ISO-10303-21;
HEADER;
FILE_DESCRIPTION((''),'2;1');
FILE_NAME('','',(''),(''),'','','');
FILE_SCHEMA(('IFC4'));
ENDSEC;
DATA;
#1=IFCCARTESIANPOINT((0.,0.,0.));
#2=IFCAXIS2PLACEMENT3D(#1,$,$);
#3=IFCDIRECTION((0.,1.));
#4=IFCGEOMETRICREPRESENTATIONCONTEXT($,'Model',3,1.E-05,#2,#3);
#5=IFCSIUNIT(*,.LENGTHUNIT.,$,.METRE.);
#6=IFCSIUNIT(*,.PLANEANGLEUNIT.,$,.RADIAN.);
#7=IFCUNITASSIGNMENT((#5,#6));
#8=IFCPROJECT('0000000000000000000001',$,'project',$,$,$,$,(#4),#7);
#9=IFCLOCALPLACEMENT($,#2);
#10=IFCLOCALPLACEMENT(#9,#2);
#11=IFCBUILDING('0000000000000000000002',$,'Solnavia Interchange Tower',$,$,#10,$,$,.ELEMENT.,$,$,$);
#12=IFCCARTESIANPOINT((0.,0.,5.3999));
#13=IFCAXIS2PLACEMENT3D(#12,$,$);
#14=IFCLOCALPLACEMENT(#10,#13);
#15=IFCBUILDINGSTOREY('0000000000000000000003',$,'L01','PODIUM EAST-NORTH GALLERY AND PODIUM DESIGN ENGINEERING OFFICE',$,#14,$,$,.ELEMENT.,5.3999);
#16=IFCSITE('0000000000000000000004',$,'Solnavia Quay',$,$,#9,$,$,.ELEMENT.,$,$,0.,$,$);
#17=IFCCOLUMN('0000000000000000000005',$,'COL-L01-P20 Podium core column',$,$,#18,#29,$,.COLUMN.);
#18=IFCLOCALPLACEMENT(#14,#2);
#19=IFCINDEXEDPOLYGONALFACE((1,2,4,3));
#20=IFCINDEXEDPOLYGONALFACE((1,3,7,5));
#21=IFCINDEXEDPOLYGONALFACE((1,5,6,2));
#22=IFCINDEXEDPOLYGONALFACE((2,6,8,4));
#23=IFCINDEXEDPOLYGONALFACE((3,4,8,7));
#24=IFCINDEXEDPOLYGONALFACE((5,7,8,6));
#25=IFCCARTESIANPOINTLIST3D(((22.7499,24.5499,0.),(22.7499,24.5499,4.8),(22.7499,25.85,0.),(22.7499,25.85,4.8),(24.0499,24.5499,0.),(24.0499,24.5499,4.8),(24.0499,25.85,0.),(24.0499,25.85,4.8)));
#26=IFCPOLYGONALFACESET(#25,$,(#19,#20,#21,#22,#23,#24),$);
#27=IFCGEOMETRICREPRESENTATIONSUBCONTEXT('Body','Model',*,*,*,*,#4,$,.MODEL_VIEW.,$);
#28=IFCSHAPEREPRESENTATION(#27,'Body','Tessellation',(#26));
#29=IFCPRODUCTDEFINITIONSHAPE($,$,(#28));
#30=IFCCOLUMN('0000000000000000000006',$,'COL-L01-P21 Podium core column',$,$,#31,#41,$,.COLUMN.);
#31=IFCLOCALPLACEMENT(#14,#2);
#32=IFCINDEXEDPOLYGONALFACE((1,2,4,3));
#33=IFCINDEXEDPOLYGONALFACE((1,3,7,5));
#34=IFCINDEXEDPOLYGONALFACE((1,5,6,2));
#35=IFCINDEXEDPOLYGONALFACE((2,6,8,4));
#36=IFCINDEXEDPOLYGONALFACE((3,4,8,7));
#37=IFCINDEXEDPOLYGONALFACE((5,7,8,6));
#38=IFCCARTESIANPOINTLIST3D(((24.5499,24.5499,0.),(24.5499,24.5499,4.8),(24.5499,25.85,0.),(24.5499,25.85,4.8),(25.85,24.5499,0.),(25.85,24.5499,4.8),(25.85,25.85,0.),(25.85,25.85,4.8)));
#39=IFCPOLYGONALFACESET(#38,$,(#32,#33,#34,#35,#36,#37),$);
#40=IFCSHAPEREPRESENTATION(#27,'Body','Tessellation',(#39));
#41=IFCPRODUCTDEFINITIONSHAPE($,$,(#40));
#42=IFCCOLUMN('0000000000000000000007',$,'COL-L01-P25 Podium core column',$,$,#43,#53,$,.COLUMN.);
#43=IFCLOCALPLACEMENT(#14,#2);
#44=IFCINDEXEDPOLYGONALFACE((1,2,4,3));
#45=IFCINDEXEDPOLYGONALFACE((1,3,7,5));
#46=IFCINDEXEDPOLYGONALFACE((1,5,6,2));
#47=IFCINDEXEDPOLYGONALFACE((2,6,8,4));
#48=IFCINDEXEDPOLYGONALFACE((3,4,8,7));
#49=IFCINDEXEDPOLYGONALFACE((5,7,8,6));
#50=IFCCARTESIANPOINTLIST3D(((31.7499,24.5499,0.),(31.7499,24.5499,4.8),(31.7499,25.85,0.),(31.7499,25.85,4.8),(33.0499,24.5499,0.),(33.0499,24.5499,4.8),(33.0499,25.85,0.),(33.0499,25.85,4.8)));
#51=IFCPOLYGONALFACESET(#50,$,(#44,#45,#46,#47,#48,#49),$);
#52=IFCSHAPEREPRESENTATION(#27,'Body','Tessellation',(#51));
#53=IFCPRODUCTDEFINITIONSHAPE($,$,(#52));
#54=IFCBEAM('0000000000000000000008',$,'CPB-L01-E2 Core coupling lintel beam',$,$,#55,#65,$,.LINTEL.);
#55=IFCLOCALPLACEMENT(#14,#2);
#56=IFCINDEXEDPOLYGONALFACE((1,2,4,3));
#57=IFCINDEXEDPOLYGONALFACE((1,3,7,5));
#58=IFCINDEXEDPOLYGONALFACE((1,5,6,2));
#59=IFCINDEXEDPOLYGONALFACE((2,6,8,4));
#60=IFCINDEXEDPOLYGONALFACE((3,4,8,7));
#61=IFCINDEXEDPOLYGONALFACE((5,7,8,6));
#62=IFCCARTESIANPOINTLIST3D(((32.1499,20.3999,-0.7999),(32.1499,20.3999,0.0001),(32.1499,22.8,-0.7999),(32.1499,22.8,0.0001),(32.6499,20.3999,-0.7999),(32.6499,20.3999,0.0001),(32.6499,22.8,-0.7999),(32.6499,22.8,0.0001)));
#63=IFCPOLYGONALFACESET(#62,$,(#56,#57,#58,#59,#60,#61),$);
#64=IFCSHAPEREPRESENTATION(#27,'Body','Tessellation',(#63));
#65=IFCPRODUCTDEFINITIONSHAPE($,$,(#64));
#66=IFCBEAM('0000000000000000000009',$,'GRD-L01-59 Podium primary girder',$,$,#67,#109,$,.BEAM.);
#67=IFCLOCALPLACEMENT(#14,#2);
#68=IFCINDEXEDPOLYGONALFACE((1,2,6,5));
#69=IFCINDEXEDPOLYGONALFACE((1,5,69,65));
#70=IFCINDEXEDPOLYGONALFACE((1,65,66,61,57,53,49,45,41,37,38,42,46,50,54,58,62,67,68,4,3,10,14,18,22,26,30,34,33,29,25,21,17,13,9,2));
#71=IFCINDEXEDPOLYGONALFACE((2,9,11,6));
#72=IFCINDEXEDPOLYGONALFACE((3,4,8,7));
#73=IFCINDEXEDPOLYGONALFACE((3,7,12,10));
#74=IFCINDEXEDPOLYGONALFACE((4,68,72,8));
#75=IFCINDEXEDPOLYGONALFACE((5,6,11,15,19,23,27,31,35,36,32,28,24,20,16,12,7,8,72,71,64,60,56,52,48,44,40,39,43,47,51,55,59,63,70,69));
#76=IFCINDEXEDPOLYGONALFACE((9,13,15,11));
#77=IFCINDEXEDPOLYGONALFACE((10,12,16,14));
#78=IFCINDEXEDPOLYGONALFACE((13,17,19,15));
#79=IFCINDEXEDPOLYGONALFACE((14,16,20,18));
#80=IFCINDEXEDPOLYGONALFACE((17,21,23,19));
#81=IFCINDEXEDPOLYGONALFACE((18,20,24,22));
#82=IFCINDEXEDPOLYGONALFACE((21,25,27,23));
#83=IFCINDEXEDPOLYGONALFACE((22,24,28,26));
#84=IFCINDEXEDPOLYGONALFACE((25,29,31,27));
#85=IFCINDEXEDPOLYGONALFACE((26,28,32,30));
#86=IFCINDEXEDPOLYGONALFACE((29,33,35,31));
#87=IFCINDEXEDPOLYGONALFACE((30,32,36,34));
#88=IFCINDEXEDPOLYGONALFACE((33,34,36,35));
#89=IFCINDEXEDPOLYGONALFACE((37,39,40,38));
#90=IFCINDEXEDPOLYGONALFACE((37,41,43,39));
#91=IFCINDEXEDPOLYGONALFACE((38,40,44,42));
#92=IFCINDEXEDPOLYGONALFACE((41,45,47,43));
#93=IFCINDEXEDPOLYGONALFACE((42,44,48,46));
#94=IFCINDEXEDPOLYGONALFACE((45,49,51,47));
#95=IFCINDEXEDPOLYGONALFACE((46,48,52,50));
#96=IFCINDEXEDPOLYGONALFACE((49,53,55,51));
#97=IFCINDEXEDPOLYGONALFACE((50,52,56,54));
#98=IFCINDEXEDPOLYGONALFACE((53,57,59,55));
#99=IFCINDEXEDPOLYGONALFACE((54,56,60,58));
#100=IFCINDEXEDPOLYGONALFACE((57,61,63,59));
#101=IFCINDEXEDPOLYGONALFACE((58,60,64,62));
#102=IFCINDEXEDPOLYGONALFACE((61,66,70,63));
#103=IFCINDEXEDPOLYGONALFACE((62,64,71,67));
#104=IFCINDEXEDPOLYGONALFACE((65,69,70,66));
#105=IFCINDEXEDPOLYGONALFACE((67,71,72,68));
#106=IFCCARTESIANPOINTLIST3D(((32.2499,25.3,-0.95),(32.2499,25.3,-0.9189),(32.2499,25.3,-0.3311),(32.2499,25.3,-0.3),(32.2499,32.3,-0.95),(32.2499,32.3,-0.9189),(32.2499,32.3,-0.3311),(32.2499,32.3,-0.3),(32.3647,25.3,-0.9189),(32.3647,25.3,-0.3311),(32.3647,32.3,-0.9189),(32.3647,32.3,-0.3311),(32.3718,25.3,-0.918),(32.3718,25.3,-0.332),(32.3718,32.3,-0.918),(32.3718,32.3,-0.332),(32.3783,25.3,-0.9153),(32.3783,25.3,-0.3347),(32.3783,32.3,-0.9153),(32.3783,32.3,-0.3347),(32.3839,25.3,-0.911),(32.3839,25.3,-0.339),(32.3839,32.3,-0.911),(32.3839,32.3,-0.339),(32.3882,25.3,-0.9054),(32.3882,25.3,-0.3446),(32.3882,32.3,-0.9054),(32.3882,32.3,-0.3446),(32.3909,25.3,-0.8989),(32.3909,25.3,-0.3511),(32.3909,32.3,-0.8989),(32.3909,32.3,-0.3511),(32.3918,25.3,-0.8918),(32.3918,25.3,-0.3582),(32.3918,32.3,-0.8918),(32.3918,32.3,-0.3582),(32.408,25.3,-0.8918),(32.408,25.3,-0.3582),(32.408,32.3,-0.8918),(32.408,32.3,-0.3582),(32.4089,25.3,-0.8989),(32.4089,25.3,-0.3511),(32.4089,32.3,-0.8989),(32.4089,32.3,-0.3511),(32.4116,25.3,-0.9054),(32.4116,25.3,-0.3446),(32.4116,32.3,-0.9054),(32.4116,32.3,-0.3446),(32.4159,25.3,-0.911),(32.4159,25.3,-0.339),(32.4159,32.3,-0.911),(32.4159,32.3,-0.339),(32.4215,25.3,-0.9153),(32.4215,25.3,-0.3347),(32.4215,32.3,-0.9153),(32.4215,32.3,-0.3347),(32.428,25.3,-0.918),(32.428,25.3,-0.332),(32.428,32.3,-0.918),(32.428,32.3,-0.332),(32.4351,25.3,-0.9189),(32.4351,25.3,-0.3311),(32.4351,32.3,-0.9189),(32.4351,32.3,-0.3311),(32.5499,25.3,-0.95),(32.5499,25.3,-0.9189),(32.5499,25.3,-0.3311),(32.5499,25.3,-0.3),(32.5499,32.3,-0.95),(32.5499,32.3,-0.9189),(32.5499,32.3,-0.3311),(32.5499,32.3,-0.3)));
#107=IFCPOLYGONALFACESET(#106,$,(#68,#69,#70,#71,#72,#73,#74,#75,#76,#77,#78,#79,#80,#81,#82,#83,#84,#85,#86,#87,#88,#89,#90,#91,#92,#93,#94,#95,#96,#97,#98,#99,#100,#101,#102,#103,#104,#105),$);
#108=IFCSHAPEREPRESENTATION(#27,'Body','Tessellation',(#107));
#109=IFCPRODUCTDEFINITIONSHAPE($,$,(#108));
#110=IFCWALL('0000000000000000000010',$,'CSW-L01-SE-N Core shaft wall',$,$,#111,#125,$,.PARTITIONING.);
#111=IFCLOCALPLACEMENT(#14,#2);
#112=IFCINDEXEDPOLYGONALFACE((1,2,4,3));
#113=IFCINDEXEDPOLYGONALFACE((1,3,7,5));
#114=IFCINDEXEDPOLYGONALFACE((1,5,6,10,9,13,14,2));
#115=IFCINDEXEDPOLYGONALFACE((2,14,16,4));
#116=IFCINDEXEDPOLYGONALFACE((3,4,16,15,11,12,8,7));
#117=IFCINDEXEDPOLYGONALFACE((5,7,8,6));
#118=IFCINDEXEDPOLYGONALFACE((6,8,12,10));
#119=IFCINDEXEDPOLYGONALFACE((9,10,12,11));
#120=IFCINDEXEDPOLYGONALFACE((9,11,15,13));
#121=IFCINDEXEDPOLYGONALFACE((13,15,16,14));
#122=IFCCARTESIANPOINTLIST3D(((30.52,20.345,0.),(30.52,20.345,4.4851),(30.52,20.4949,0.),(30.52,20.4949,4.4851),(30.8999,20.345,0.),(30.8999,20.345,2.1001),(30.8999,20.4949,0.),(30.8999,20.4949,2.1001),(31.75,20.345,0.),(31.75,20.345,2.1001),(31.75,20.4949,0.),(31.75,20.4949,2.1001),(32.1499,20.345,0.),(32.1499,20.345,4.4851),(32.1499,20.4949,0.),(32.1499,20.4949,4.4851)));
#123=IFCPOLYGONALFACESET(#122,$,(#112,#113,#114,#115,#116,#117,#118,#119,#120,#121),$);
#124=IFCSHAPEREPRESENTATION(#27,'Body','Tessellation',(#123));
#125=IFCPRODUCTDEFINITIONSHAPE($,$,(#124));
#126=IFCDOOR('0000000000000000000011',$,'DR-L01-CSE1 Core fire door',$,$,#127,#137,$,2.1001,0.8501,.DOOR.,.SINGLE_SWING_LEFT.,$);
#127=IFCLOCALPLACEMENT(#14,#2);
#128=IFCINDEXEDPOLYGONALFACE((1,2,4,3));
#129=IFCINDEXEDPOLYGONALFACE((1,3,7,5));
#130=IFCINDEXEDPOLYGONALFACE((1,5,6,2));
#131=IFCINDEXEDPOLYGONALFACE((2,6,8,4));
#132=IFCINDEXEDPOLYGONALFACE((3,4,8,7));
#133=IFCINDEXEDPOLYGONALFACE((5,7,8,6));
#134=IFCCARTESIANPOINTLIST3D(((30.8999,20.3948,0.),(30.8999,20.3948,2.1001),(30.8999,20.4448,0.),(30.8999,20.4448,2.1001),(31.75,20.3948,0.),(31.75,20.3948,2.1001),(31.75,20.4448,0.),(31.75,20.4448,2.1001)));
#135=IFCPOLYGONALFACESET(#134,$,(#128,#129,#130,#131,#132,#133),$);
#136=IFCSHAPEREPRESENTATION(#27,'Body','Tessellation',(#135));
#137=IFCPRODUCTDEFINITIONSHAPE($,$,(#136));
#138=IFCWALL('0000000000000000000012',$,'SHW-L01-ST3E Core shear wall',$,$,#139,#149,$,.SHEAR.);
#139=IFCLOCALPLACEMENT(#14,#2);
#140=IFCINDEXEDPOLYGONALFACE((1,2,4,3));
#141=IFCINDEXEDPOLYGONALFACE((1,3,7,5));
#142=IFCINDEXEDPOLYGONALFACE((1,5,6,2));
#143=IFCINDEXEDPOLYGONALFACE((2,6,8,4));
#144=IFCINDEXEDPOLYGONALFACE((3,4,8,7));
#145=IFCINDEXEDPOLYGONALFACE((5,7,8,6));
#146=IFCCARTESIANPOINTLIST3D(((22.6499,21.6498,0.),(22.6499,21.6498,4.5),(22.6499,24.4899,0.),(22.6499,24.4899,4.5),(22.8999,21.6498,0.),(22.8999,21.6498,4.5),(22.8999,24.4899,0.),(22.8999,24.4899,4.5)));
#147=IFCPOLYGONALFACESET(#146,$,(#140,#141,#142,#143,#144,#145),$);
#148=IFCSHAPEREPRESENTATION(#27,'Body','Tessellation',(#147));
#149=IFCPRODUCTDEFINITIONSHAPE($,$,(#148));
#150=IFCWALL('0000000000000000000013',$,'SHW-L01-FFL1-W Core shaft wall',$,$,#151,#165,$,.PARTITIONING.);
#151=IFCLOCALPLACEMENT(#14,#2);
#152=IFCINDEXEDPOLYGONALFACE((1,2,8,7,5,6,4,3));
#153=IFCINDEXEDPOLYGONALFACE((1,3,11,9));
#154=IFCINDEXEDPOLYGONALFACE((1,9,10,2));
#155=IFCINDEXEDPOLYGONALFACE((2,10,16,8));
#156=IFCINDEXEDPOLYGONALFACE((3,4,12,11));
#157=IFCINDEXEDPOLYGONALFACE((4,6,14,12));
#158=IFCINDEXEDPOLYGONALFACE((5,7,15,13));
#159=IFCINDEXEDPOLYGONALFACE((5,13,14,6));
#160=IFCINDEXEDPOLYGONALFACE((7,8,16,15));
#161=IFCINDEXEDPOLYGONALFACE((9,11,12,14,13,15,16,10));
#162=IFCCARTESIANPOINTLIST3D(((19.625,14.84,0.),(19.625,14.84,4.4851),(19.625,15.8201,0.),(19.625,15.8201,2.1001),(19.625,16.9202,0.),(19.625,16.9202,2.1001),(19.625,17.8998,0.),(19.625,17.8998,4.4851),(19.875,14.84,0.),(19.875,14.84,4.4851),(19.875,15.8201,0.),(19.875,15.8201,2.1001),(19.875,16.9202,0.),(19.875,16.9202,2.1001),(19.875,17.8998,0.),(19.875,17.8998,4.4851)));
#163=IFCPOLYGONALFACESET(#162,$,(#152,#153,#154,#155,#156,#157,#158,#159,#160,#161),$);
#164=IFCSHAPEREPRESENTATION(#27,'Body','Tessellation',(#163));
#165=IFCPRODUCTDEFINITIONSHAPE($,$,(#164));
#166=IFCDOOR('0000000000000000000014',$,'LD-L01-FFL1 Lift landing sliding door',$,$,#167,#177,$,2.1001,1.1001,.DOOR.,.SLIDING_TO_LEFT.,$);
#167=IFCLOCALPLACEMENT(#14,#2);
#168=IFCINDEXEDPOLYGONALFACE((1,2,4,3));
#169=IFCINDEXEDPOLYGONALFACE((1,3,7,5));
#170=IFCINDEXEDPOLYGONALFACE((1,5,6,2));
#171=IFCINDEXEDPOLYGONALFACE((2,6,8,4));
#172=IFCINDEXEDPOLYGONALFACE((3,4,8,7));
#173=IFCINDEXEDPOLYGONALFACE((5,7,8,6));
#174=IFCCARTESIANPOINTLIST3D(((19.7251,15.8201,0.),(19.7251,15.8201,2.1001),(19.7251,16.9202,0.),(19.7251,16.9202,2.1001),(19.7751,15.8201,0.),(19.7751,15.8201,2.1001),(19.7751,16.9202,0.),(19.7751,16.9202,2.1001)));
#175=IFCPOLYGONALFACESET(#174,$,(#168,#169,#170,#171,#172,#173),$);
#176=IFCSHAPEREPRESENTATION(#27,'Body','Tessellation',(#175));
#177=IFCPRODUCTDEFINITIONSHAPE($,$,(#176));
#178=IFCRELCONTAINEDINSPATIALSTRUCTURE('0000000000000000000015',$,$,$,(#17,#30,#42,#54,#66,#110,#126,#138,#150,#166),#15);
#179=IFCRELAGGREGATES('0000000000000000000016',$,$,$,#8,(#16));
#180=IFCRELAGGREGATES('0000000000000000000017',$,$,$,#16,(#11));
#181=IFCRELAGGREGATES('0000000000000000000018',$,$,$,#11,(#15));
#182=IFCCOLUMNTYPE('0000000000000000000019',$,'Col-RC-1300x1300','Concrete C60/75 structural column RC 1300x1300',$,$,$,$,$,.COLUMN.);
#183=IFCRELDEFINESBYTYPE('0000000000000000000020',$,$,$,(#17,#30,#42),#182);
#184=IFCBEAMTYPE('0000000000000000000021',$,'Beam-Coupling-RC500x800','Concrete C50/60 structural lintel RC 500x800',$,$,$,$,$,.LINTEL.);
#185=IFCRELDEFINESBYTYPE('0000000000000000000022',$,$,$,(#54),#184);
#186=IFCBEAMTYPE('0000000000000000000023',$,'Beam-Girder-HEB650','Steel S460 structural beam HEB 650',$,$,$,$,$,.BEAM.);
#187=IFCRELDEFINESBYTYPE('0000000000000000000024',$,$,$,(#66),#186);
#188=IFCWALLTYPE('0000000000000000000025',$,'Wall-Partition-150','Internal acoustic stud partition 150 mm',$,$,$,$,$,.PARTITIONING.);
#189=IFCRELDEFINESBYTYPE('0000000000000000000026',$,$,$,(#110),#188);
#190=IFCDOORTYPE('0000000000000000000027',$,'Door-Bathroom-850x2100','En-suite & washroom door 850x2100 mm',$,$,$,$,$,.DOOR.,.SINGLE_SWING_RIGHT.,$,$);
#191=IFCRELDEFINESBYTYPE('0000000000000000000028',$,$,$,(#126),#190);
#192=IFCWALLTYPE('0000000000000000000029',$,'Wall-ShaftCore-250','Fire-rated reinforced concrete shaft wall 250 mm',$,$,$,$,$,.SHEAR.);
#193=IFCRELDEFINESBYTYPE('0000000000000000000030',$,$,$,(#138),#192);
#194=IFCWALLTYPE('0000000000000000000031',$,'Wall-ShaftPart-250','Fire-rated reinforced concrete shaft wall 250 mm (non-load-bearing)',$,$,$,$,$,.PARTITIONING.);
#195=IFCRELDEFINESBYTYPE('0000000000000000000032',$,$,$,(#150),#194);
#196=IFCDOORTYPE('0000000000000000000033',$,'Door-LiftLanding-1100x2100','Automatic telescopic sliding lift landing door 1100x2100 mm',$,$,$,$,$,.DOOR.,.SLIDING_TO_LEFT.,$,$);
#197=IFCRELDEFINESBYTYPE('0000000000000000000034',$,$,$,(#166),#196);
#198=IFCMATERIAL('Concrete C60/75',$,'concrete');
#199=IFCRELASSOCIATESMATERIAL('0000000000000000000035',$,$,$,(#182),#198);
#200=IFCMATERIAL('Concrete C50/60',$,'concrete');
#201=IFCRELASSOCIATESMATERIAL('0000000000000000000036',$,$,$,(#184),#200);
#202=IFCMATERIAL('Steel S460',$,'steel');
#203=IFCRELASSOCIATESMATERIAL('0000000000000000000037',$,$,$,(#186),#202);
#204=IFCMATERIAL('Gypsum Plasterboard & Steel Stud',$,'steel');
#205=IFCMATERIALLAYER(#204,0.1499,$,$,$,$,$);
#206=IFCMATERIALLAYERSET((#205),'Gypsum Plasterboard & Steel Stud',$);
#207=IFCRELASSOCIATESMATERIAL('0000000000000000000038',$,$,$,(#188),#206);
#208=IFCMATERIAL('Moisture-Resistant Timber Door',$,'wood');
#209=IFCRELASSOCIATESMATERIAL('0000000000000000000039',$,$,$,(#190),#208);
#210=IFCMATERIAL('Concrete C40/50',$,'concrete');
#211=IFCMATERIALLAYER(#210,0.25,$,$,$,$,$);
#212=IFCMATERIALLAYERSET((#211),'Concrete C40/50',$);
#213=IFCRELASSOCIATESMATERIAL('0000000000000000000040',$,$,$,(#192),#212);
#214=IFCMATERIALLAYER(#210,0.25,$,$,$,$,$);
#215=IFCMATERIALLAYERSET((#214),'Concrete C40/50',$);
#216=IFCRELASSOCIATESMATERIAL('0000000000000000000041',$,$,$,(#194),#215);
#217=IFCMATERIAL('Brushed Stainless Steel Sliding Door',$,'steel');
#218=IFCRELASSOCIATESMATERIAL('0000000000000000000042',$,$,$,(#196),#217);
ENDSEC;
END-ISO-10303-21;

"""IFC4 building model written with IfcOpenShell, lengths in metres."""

from ifc_helpers import new_model, si_unit, direction, frame, frame_2d, origin, origin_2d, place, context, subcontext, project, spatial, rectangle, i_section, extrude, material, layer, layer_set, material_profile, profile_set, type_object, element, fill, save


model = new_model("IFC4")

# Units and contexts
model_context = context("Model", 3, precision=1e-05, world=origin(), true_north=direction((0.0, 1.0)))
body_context = subcontext(model_context, "Body", "Model", "MODEL_VIEW")
ifc_project = project(units=[si_unit("LENGTHUNIT", "METRE"), si_unit("PLANEANGLEUNIT", "RADIAN")], contexts=[model_context])

# Site, building, storey
site_placement = place(None, origin())
site = spatial("IfcSite", under=ifc_project, at=site_placement, Name="Solnavia Quay", CompositionType="ELEMENT", RefElevation=0.0)
building_placement = place(site_placement, origin())
building = spatial("IfcBuilding", under=site, at=building_placement, Name="Solnavia Interchange Tower", CompositionType="ELEMENT")
storey_placement = place(building_placement, frame((0.0, 0.0, 5.3999)))
storey = spatial("IfcBuildingStorey", under=building, at=storey_placement, Name="L01", Description="PODIUM EAST-NORTH GALLERY AND PODIUM DESIGN ENGINEERING OFFICE", CompositionType="ELEMENT", Elevation=5.3999)

# Columns
ifc_material_1 = material(Name="Concrete C60/75", Category="concrete")
ifc_material_profile_1 = material_profile(ifc_material_1, rectangle(XDim=1.3, YDim=1.3, at=origin_2d()), Name="RC 1300x1300")
ifc_profile_set_1 = profile_set([ifc_material_profile_1], Name="Concrete C60/75")
column_type = type_object("IfcColumnType", Name="Col-RC-1300x1300", Description="Concrete C60/75 structural column RC 1300x1300", PredefinedType="COLUMN", material=ifc_profile_set_1)
for number, where, z_axis, x_axis, name in (
    (1, (23.3999, 25.2, 0.0), (0.0, 0.0, 1.0), (1.0, 0.0, 0.0), "COL-L01-P20 Podium core column"),
    (2, (25.2, 25.2, 0.0), (0.0, 0.0, 1.0), (1.0, 0.0, 0.0), "COL-L01-P21 Podium core column"),
    (3, (32.3999, 25.2, 0.0), (0.0, 0.0, 1.0), (1.0, 0.0, 0.0), "COL-L01-P25 Podium core column"),
):
    element("IfcColumn", number, at=place(storey_placement, frame(where, z_axis=z_axis, x_axis=x_axis)), inside=storey, type_object=column_type, Name=name, PredefinedType="COLUMN", context=body_context, shape_type="SweptSolid", body=[
        extrude(rectangle(XDim=1.3, YDim=1.3, at=origin_2d()), origin(), (0.0, 0.0, 1.0), 4.8),
    ])

# Beams
ifc_material_2 = material(Name="Concrete C50/60", Category="concrete")
ifc_material_profile_2 = material_profile(ifc_material_2, rectangle(XDim=0.5, YDim=0.8, at=origin_2d()), Name="RC 500x800")
ifc_profile_set_2 = profile_set([ifc_material_profile_2], Name="Concrete C50/60")
beam_type_1 = type_object("IfcBeamType", Name="Beam-Coupling-RC500x800", Description="Concrete C50/60 structural lintel RC 500x800", PredefinedType="LINTEL", material=ifc_profile_set_2)
beam_1_placement = place(storey_placement, frame((32.3999, 20.3999, -0.3999), z_axis=(0.0, 1.0, 0.0), x_axis=(-1.0, 0.0, 0.0)))
element("IfcBeam", 4, at=beam_1_placement, inside=storey, type_object=beam_type_1, Name="CPB-L01-E2 Core coupling lintel beam", PredefinedType="LINTEL", context=body_context, shape_type="SweptSolid", body=[
    extrude(rectangle(XDim=0.5, YDim=0.8, at=origin_2d()), origin(), (0.0, 0.0, 1.0), 2.4001),
])
ifc_material_3 = material(Name="Steel S460", Category="steel")
ifc_material_profile_3 = material_profile(ifc_material_3, i_section(OverallWidth=0.3, OverallDepth=0.6499, WebThickness=0.0161, FlangeThickness=0.031, FilletRadius=0.0271, at=origin_2d()), Name="HEB 650")
ifc_profile_set_3 = profile_set([ifc_material_profile_3], Name="Steel S460")
beam_type_2 = type_object("IfcBeamType", Name="Beam-Girder-HEB650", Description="Steel S460 structural beam HEB 650", PredefinedType="BEAM", material=ifc_profile_set_3)
beam_2_placement = place(storey_placement, frame((32.3999, 25.3, -0.625), z_axis=(0.0, 1.0, 0.0), x_axis=(-1.0, 0.0, 0.0)))
element("IfcBeam", 5, at=beam_2_placement, inside=storey, type_object=beam_type_2, Name="GRD-L01-59 Podium primary girder", PredefinedType="BEAM", context=body_context, shape_type="SweptSolid", body=[
    extrude(i_section(OverallWidth=0.3, OverallDepth=0.6499, WebThickness=0.0161, FlangeThickness=0.031, FilletRadius=0.0271, at=origin_2d()), origin(), (0.0, 0.0, 1.0), 7.0),
])

# Wall, opening, door
ifc_material_4 = material(Name="Gypsum Plasterboard & Steel Stud", Category="steel")
ifc_layer_1 = layer(ifc_material_4, 0.1499)
ifc_layer_set_1 = layer_set([ifc_layer_1], Name="Gypsum Plasterboard & Steel Stud")
wall_type_1 = type_object("IfcWallType", Name="Wall-Partition-150", Description="Internal acoustic stud partition 150 mm", PredefinedType="PARTITIONING", material=ifc_layer_set_1)
wall_1_placement = place(storey_placement, frame((30.52, 20.4199, 0.0), z_axis=(0.0, 0.0, 1.0), x_axis=(1.0, 0.0, 0.0)))
wall_1 = element("IfcWall", 6, at=wall_1_placement, inside=storey, type_object=wall_type_1, Name="CSW-L01-SE-N Core shaft wall", PredefinedType="PARTITIONING", context=body_context, shape_type="SweptSolid", body=[
    extrude(rectangle(XDim=1.6299, YDim=0.1499, at=frame_2d((0.8149, 0.0))), origin(), (0.0, 0.0, 1.0), 4.4851),
])
opening_1_placement = place(wall_1_placement, frame((0.3799, 0.0, 0.0)))
opening_1 = element("IfcOpeningElement", 7, at=opening_1_placement, cuts=wall_1, PredefinedType="OPENING", context=body_context, shape_type="SweptSolid", body=[
    extrude(rectangle(XDim=0.8501, YDim=2.1001, at=frame_2d((0.425, 1.05))), frame((0.0, 0.085, 0.0), z_axis=(0.0, -1.0, 0.0), x_axis=(1.0, 0.0, 0.0)), (0.0, 0.0, 1.0), 0.1699),
])
ifc_material_5 = material(Name="Moisture-Resistant Timber Door", Category="wood")
door_type_1 = type_object("IfcDoorType", Name="Door-Bathroom-850x2100", Description="En-suite & washroom door 850x2100 mm", OperationType="SINGLE_SWING_RIGHT", PredefinedType="DOOR", material=ifc_material_5)
door_1_placement = place(opening_1_placement, origin())
door_1 = element("IfcDoor", 8, at=door_1_placement, inside=storey, type_object=door_type_1, Name="DR-L01-CSE1 Core fire door", OperationType="SINGLE_SWING_LEFT", OverallHeight=2.1001, OverallWidth=0.8501, PredefinedType="DOOR", context=body_context, shape_type="SweptSolid", body=[
    extrude(rectangle(XDim=0.8501, YDim=2.1001, at=frame_2d((0.425, 1.05))), frame((0.0, 0.0249, 0.0), z_axis=(0.0, -1.0, 0.0), x_axis=(1.0, 0.0, 0.0)), (0.0, 0.0, 1.0), 0.05),
])
fill(opening_1, door_1)

# Wall
ifc_material_6 = material(Name="Concrete C40/50", Category="concrete")
ifc_layer_2 = layer(ifc_material_6, 0.25)
ifc_layer_set_2 = layer_set([ifc_layer_2], Name="Concrete C40/50")
wall_type_2 = type_object("IfcWallType", Name="Wall-ShaftCore-250", Description="Fire-rated reinforced concrete shaft wall 250 mm", PredefinedType="SHEAR", material=ifc_layer_set_2)
wall_2_placement = place(storey_placement, frame((22.7749, 21.6499, 0.0), z_axis=(0.0, 0.0, 1.0), x_axis=(0.0, 1.0, 0.0)))
element("IfcWall", 9, at=wall_2_placement, inside=storey, type_object=wall_type_2, Name="SHW-L01-ST3E Core shear wall", PredefinedType="SHEAR", context=body_context, shape_type="SweptSolid", body=[
    extrude(rectangle(XDim=2.8401, YDim=0.25, at=frame_2d((1.4199, 0.0))), origin(), (0.0, 0.0, 1.0), 4.5),
])

# Wall, opening, door
ifc_layer_3 = layer(ifc_material_6, 0.25)
ifc_layer_set_3 = layer_set([ifc_layer_3], Name="Concrete C40/50")
wall_type_3 = type_object("IfcWallType", Name="Wall-ShaftPart-250", Description="Fire-rated reinforced concrete shaft wall 250 mm (non-load-bearing)", PredefinedType="PARTITIONING", material=ifc_layer_set_3)
wall_3_placement = place(storey_placement, frame((19.75, 14.8401, 0.0), z_axis=(0.0, 0.0, 1.0), x_axis=(0.0, 1.0, 0.0)))
wall_3 = element("IfcWall", 10, at=wall_3_placement, inside=storey, type_object=wall_type_3, Name="SHW-L01-FFL1-W Core shaft wall", PredefinedType="PARTITIONING", context=body_context, shape_type="SweptSolid", body=[
    extrude(rectangle(XDim=3.0598, YDim=0.25, at=frame_2d((1.5298, 0.0))), origin(), (0.0, 0.0, 1.0), 4.4851),
])
opening_2_placement = place(wall_3_placement, frame((0.98, 0.0, 0.0)))
opening_2 = element("IfcOpeningElement", 11, at=opening_2_placement, cuts=wall_3, PredefinedType="OPENING", context=body_context, shape_type="SweptSolid", body=[
    extrude(rectangle(XDim=1.1001, YDim=2.1001, at=frame_2d((0.55, 1.05))), frame((0.0, 0.135, 0.0), z_axis=(0.0, -1.0, 0.0), x_axis=(1.0, 0.0, 0.0)), (0.0, 0.0, 1.0), 0.27),
])
ifc_material_7 = material(Name="Brushed Stainless Steel Sliding Door", Category="steel")
door_type_2 = type_object("IfcDoorType", Name="Door-LiftLanding-1100x2100", Description="Automatic telescopic sliding lift landing door 1100x2100 mm", OperationType="SLIDING_TO_LEFT", PredefinedType="DOOR", material=ifc_material_7)
door_2_placement = place(opening_2_placement, origin())
door_2 = element("IfcDoor", 12, at=door_2_placement, inside=storey, type_object=door_type_2, Name="LD-L01-FFL1 Lift landing sliding door", OperationType="SLIDING_TO_LEFT", OverallHeight=2.1001, OverallWidth=1.1001, PredefinedType="DOOR", context=body_context, shape_type="SweptSolid", body=[
    extrude(rectangle(XDim=1.1001, YDim=2.1001, at=frame_2d((0.55, 1.05))), frame((0.0, 0.0249, 0.0), z_axis=(0.0, -1.0, 0.0), x_axis=(1.0, 0.0, 0.0)), (0.0, 0.0, 1.0), 0.05),
])
fill(opening_2, door_2)

save(model, "model.ifc")
